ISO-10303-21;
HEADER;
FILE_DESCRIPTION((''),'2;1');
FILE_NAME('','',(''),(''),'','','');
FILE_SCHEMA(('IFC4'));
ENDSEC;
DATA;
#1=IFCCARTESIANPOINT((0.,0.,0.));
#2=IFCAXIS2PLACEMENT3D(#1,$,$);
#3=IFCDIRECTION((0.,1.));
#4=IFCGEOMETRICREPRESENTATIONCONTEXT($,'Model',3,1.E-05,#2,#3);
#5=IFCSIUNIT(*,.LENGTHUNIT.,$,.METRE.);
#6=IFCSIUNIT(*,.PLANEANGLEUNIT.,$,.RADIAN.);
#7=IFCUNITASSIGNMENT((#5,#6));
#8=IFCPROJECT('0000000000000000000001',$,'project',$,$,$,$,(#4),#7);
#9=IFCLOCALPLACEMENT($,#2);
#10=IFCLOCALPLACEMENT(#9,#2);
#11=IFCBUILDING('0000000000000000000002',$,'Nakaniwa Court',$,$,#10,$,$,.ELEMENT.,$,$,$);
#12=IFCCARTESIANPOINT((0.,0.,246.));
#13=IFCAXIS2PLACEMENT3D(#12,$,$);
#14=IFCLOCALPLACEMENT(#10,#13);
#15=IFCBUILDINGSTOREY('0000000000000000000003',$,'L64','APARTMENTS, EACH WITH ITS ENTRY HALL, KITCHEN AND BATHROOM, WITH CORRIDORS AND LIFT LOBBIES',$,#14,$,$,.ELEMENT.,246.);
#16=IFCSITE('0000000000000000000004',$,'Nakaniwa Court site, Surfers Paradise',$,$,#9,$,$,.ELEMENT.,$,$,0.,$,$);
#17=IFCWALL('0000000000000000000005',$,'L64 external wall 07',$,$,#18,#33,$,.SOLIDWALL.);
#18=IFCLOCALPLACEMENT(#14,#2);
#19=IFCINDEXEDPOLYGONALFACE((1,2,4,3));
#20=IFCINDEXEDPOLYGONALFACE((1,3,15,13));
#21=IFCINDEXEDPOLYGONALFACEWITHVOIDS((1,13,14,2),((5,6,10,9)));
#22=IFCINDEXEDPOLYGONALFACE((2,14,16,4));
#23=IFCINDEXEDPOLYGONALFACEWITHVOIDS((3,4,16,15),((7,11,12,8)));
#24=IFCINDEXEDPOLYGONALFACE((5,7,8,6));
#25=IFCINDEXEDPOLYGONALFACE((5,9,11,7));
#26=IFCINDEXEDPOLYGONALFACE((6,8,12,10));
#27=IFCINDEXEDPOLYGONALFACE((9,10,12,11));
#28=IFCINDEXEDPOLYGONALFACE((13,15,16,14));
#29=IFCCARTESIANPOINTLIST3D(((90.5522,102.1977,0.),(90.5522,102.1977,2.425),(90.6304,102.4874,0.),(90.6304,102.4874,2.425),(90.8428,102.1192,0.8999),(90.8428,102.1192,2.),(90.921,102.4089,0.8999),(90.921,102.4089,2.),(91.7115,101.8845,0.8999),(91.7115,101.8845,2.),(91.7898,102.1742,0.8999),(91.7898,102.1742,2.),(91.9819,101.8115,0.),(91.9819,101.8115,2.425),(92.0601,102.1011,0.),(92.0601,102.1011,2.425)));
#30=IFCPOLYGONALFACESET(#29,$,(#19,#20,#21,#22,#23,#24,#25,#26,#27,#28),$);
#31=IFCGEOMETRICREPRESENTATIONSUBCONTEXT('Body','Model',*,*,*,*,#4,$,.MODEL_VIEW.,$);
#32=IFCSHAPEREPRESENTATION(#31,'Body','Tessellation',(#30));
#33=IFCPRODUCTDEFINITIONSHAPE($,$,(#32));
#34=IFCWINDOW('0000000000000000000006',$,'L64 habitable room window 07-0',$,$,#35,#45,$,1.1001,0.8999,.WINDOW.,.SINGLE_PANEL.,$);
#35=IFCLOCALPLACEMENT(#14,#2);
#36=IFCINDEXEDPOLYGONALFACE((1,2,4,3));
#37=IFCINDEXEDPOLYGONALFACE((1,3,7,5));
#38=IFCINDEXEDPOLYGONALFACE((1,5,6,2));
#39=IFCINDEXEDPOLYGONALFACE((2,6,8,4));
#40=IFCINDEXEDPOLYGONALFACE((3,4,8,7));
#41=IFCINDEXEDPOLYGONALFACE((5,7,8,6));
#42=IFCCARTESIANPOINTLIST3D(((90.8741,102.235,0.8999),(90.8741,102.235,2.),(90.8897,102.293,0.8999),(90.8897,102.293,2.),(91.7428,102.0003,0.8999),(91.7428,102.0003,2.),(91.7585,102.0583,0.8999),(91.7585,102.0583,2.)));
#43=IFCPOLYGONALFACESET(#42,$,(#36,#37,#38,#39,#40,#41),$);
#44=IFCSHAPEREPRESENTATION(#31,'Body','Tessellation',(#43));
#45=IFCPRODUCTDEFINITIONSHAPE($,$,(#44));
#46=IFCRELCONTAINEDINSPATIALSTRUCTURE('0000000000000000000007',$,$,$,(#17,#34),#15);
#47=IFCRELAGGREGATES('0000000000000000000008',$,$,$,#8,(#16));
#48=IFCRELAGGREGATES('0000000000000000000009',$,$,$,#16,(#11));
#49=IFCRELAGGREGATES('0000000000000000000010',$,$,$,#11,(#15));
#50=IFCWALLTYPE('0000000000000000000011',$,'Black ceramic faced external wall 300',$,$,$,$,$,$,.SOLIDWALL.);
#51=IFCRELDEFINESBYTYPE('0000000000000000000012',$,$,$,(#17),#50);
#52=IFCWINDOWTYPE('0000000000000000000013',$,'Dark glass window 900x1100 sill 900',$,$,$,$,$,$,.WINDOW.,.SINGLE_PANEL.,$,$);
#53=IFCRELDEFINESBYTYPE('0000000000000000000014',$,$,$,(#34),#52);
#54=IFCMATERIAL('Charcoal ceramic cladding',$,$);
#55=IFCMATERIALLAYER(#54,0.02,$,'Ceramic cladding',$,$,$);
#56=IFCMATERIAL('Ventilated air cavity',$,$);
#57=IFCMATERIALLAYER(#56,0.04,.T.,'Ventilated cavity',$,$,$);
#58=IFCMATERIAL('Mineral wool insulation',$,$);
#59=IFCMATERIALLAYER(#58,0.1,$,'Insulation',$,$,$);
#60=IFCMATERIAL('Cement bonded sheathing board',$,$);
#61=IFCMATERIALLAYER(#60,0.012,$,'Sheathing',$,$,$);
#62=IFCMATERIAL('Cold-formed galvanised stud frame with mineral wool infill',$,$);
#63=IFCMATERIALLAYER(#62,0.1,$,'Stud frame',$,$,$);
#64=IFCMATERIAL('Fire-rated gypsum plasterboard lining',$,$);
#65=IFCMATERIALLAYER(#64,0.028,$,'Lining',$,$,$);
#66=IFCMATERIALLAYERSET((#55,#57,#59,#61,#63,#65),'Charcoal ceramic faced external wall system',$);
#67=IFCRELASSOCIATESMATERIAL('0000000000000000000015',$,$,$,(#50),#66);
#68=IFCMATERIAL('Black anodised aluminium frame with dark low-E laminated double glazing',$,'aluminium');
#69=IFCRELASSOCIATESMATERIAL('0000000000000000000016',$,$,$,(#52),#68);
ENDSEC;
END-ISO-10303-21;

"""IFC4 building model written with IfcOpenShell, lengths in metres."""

from ifc_helpers import new_model, si_unit, direction, frame, frame_2d, origin, place, context, subcontext, project, spatial, rectangle, extrude, material, layer, layer_set, type_object, element, fill, save


model = new_model("IFC4")

# Units and contexts
model_context = context("Model", 3, precision=1e-05, world=origin(), true_north=direction((0.0, 1.0)))
body_context = subcontext(model_context, "Body", "Model", "MODEL_VIEW")
ifc_project = project(units=[si_unit("LENGTHUNIT", "METRE"), si_unit("PLANEANGLEUNIT", "RADIAN")], contexts=[model_context])

# Site, building, storey
site_placement = place(None, origin())
site = spatial("IfcSite", under=ifc_project, at=site_placement, Name="Nakaniwa Court site, Surfers Paradise", CompositionType="ELEMENT", RefElevation=0.0)
building_placement = place(site_placement, origin())
building = spatial("IfcBuilding", under=site, at=building_placement, Name="Nakaniwa Court", CompositionType="ELEMENT")
storey_placement = place(building_placement, frame((0.0, 0.0, 246.0)))
storey = spatial("IfcBuildingStorey", under=building, at=storey_placement, Name="L64", Description="APARTMENTS, EACH WITH ITS ENTRY HALL, KITCHEN AND BATHROOM, WITH CORRIDORS AND LIFT LOBBIES", CompositionType="ELEMENT", Elevation=246.0)

# Wall, opening, window
ifc_material_1 = material(Name="Charcoal ceramic cladding")
ifc_layer_1 = layer(ifc_material_1, 0.02, Name="Ceramic cladding")
ifc_material_2 = material(Name="Ventilated air cavity")
ifc_layer_2 = layer(ifc_material_2, 0.04, ventilated=True, Name="Ventilated cavity")
ifc_material_3 = material(Name="Mineral wool insulation")
ifc_layer_3 = layer(ifc_material_3, 0.1, Name="Insulation")
ifc_material_4 = material(Name="Cement bonded sheathing board")
ifc_layer_4 = layer(ifc_material_4, 0.012, Name="Sheathing")
ifc_material_5 = material(Name="Cold-formed galvanised stud frame with mineral wool infill")
ifc_layer_5 = layer(ifc_material_5, 0.1, Name="Stud frame")
ifc_material_6 = material(Name="Fire-rated gypsum plasterboard lining")
ifc_layer_6 = layer(ifc_material_6, 0.028, Name="Lining")
ifc_layer_set_1 = layer_set([ifc_layer_1, ifc_layer_2, ifc_layer_3, ifc_layer_4, ifc_layer_5, ifc_layer_6], Name="Charcoal ceramic faced external wall system")
wall_type_1 = type_object("IfcWallType", Name="Black ceramic faced external wall 300", PredefinedType="SOLIDWALL", material=ifc_layer_set_1)
ifc_material_7 = material(Name="Black anodised aluminium frame with dark low-E laminated double glazing", Category="aluminium")
window_type_1 = type_object("IfcWindowType", Name="Dark glass window 900x1100 sill 900", PartitioningType="SINGLE_PANEL", PredefinedType="WINDOW", material=ifc_material_7)
wall_1_placement = place(storey_placement, frame((92.021, 101.9563, 0.0), z_axis=(0.0, 0.0, 1.0), x_axis=(-0.965393, 0.260801, 0.0)))
wall_1 = element("IfcWall", 1, at=wall_1_placement, inside=storey, type_object=wall_type_1, Name="L64 external wall 07", PredefinedType="SOLIDWALL", context=body_context, shape_type="SweptSolid", body=[
    extrude(rectangle(XDim=1.481, YDim=0.3, at=frame_2d((0.7405, 0.0))), origin(), (0.0, 0.0, 1.0), 2.425),
])
opening_1_placement = place(wall_1_placement, frame((0.28, 0.0, 0.8999)))
opening_1 = element("IfcOpeningElement", 2, at=opening_1_placement, cuts=wall_1, PredefinedType="OPENING", context=body_context, shape_type="SweptSolid", body=[
    extrude(rectangle(XDim=0.8999, YDim=1.1001, at=frame_2d((0.45, 0.55))), frame((0.0, 0.1599, 0.0), z_axis=(0.0, -1.0, 0.0), x_axis=(1.0, 0.0, 0.0)), (0.0, 0.0, 1.0), 0.3201),
])
window_1_placement = place(opening_1_placement, origin())
window_1 = element("IfcWindow", 3, at=window_1_placement, inside=storey, type_object=window_type_1, Name="L64 habitable room window 07-0", OverallHeight=1.1001, OverallWidth=0.8999, PartitioningType="SINGLE_PANEL", PredefinedType="WINDOW", context=body_context, shape_type="SweptSolid", body=[
    extrude(rectangle(XDim=0.8999, YDim=1.1001, at=frame_2d((0.45, 0.55))), frame((0.0, 0.03, 0.0), z_axis=(0.0, -1.0, 0.0), x_axis=(1.0, 0.0, 0.0)), (0.0, 0.0, 1.0), 0.0601),
])
fill(opening_1, window_1)

save(model, "model.ifc")
